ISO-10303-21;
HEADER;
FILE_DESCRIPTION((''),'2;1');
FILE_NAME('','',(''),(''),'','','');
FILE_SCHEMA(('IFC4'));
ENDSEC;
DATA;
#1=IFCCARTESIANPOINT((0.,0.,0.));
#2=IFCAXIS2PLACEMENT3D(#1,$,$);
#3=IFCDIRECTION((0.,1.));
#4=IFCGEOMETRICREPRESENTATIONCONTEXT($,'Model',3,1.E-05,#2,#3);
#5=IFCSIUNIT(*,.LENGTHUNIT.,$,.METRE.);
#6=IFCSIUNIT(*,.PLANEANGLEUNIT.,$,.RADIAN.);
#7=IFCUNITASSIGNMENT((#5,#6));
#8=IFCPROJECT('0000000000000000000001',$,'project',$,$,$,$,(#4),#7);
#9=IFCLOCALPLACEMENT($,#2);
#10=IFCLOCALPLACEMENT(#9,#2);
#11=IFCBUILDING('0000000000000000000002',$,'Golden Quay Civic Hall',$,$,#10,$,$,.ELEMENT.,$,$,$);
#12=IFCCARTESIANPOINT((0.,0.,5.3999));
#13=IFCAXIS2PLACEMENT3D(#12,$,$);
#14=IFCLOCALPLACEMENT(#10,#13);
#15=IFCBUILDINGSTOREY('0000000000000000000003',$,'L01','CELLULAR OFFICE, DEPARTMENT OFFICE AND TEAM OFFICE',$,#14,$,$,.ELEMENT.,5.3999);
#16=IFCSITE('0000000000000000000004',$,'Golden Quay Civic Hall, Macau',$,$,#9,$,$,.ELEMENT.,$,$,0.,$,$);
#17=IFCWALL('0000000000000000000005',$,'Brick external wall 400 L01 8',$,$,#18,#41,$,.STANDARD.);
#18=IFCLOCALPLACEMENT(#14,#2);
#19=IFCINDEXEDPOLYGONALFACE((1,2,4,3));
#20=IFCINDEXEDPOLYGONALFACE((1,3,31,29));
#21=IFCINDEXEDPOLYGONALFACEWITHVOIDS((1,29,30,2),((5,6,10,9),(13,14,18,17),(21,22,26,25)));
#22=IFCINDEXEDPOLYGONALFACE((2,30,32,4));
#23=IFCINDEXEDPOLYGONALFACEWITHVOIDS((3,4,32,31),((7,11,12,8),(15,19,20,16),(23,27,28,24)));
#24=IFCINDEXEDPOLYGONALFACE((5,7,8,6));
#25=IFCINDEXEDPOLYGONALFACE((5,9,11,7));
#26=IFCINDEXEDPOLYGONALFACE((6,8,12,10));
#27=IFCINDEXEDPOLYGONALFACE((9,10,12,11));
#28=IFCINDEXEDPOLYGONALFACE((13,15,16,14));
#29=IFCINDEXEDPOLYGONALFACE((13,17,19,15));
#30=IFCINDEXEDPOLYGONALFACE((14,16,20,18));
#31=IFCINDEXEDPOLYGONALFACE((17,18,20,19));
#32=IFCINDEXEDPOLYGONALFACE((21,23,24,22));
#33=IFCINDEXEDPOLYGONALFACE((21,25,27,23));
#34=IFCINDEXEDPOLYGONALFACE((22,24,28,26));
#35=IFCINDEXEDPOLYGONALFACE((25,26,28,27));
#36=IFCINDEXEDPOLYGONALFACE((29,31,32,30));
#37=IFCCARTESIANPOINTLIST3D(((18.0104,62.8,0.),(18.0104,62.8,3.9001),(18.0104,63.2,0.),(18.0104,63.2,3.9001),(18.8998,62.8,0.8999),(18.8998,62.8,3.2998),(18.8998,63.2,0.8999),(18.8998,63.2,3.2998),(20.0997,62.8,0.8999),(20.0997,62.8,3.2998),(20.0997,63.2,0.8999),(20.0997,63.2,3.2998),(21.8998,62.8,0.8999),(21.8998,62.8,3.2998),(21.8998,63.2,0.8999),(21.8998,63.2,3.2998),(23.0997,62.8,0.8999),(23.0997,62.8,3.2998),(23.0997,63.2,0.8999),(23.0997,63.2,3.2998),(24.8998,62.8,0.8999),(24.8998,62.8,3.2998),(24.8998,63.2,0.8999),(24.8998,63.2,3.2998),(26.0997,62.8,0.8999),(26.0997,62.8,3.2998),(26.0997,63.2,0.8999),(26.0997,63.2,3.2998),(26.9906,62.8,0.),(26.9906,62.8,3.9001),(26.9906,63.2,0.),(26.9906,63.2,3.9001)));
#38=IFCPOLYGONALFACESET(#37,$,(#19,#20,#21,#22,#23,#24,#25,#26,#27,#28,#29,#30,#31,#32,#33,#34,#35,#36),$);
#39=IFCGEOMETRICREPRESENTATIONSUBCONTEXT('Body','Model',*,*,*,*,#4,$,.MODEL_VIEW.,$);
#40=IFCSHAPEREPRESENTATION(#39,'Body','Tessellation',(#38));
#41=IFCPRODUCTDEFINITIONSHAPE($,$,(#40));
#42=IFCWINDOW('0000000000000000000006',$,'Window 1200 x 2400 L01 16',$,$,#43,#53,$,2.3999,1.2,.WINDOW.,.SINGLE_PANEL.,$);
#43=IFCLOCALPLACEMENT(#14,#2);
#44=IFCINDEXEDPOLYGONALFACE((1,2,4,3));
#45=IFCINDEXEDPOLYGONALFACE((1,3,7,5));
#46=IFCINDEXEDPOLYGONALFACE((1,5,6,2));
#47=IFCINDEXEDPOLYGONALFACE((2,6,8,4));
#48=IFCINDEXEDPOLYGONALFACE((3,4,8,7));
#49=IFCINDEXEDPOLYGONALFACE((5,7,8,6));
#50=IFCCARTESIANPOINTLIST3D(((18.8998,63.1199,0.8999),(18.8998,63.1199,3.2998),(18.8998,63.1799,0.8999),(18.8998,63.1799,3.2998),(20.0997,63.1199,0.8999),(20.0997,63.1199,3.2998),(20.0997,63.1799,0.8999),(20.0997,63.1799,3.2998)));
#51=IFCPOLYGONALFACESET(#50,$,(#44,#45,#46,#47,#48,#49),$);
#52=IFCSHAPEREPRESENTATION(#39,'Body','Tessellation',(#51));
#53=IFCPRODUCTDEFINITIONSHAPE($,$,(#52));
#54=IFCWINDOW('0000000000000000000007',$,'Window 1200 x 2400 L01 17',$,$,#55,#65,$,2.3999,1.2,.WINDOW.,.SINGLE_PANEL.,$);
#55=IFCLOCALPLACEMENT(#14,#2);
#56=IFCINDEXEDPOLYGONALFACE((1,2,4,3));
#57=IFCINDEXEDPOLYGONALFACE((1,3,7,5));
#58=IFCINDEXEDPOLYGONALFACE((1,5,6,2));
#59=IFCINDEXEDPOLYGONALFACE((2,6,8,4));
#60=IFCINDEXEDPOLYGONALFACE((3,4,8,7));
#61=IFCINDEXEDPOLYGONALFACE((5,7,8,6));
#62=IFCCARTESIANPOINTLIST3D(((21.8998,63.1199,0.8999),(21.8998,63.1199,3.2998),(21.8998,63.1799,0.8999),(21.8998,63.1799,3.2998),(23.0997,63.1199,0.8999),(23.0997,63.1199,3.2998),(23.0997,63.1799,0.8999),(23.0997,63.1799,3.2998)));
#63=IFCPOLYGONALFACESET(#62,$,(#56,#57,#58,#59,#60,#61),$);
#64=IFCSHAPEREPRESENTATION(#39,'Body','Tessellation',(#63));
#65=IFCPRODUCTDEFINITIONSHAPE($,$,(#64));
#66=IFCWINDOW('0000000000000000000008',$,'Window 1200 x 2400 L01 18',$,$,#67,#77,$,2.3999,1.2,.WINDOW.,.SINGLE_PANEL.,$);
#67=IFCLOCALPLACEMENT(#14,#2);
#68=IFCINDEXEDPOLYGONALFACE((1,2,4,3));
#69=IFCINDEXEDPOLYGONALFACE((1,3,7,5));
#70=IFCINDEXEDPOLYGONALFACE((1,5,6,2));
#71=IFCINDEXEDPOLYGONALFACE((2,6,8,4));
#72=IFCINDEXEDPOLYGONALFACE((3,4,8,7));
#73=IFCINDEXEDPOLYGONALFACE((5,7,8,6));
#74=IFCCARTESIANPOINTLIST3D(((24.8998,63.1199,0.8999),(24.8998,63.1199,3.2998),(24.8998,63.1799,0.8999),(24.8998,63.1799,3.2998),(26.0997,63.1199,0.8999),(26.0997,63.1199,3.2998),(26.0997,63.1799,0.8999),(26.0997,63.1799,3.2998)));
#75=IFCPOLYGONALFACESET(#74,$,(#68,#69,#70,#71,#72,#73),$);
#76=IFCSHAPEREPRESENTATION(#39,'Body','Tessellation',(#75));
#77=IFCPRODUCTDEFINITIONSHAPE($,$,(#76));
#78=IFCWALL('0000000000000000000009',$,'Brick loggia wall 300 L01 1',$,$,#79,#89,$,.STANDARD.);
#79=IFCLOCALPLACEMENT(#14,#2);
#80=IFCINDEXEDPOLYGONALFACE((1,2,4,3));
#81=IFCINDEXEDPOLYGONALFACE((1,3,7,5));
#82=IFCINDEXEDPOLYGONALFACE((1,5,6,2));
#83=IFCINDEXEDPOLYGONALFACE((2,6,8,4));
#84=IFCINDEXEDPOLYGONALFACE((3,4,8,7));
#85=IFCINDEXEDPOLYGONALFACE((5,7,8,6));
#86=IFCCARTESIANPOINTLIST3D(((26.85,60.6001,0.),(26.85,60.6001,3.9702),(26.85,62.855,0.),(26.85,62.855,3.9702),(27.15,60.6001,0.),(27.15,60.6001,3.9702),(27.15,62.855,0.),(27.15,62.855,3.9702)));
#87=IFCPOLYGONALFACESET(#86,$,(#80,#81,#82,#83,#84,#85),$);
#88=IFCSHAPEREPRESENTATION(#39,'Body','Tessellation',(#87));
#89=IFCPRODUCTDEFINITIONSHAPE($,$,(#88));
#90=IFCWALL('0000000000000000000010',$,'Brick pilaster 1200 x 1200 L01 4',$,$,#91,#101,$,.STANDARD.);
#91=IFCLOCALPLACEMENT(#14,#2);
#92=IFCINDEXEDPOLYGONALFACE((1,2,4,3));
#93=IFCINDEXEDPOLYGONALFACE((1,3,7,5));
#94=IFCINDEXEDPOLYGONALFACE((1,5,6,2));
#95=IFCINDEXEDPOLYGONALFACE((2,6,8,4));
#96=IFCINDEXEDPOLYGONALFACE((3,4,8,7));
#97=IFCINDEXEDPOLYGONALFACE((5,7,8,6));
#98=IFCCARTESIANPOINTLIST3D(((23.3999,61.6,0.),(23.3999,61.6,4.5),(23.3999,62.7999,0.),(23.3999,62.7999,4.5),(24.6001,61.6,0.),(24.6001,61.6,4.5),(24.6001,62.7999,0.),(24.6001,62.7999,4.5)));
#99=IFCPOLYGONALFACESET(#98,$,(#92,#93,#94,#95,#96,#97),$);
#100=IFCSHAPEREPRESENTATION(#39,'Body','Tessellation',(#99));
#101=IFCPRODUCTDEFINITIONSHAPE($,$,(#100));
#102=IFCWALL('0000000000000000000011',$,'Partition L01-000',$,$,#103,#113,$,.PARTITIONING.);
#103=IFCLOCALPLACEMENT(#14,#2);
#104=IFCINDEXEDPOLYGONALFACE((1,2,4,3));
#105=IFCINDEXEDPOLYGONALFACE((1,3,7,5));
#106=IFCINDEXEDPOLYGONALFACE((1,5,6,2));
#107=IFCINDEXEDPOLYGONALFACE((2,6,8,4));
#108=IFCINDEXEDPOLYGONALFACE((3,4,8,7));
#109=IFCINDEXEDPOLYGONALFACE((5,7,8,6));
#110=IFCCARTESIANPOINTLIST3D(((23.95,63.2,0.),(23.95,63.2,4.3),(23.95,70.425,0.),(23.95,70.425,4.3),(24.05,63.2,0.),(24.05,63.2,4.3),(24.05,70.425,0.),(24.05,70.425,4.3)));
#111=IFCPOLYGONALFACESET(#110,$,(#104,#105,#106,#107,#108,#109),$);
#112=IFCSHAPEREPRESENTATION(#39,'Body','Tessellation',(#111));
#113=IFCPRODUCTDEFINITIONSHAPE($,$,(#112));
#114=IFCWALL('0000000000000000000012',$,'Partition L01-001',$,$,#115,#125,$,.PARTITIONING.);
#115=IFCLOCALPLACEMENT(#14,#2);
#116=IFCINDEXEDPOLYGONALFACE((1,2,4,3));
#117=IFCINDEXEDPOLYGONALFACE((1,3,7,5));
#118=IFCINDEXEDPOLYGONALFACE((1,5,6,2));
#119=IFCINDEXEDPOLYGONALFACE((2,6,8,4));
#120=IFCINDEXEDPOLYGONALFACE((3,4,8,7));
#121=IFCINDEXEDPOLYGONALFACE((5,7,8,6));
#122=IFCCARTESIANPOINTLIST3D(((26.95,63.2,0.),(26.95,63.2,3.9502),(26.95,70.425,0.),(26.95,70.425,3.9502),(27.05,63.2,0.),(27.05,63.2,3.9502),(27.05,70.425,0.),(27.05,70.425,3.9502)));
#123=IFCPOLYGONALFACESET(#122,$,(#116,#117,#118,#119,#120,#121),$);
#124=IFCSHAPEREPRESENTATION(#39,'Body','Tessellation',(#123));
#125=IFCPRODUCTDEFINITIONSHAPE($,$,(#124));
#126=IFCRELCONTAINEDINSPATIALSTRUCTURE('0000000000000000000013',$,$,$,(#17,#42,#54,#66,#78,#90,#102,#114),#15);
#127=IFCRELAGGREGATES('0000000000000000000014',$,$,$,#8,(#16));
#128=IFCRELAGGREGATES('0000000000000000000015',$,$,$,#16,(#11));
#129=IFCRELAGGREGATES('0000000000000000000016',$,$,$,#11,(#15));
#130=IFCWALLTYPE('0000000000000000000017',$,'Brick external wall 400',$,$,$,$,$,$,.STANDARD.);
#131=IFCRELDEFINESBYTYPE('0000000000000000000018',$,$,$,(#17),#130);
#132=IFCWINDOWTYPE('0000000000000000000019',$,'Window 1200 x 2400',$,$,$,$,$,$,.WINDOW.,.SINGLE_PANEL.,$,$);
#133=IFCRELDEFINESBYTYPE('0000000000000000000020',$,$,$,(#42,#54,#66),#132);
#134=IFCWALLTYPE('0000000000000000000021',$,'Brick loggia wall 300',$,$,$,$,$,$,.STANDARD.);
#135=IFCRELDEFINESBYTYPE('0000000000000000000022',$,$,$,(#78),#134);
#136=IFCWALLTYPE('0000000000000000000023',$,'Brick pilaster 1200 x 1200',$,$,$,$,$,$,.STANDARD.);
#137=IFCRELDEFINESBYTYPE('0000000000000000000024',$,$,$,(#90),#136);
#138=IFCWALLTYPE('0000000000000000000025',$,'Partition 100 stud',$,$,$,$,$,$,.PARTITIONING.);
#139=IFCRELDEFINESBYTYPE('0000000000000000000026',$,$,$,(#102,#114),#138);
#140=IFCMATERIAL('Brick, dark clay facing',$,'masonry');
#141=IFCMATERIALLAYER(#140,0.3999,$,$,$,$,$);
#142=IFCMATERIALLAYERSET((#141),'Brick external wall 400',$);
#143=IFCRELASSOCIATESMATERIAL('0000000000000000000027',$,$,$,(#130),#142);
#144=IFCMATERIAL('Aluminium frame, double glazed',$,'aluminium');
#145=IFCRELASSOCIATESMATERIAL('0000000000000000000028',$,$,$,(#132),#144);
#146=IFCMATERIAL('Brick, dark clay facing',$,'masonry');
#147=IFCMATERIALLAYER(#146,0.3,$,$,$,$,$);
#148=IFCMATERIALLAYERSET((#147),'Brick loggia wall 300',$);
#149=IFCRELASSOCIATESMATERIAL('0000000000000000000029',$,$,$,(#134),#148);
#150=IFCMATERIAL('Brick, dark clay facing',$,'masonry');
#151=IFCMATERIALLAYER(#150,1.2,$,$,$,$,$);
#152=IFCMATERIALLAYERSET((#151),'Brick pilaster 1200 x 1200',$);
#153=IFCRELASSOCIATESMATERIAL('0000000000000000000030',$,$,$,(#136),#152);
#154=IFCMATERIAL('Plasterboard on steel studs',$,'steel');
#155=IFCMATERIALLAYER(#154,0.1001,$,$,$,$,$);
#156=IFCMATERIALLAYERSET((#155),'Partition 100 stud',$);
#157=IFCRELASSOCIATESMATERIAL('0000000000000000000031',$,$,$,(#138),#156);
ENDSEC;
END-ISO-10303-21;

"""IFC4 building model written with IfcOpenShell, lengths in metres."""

from ifc_helpers import new_model, si_unit, direction, frame, frame_2d, origin, place, context, subcontext, project, spatial, rectangle, extrude, material, layer, layer_set, type_object, element, fill, save


model = new_model("IFC4")

# Units and contexts
model_context = context("Model", 3, precision=1e-05, world=origin(), true_north=direction((0.0, 1.0)))
body_context = subcontext(model_context, "Body", "Model", "MODEL_VIEW")
ifc_project = project(units=[si_unit("LENGTHUNIT", "METRE"), si_unit("PLANEANGLEUNIT", "RADIAN")], contexts=[model_context])

# Site, building, storey
site_placement = place(None, origin())
site = spatial("IfcSite", under=ifc_project, at=site_placement, Name="Golden Quay Civic Hall, Macau", CompositionType="ELEMENT", RefElevation=0.0)
building_placement = place(site_placement, origin())
building = spatial("IfcBuilding", under=site, at=building_placement, Name="Golden Quay Civic Hall", CompositionType="ELEMENT")
storey_placement = place(building_placement, frame((0.0, 0.0, 5.3999)))
storey = spatial("IfcBuildingStorey", under=building, at=storey_placement, Name="L01", Description="CELLULAR OFFICE, DEPARTMENT OFFICE AND TEAM OFFICE", CompositionType="ELEMENT", Elevation=5.3999)

# Wall, openings, windows
ifc_material_1 = material(Name="Brick, dark clay facing", Category="masonry")
ifc_layer_1 = layer(ifc_material_1, 0.3999)
ifc_layer_set_1 = layer_set([ifc_layer_1], Name="Brick external wall 400")
wall_type_1 = type_object("IfcWallType", Name="Brick external wall 400", PredefinedType="STANDARD", material=ifc_layer_set_1)
wall_1_placement = place(storey_placement, frame((26.9907, 63.0, 0.0), z_axis=(0.0, 0.0, 1.0), x_axis=(-1.0, 0.0, 0.0)))
wall_1 = element("IfcWall", 1, at=wall_1_placement, inside=storey, type_object=wall_type_1, Name="Brick external wall 400 L01 8", PredefinedType="STANDARD", context=body_context, shape_type="SweptSolid", body=[
    extrude(rectangle(XDim=8.9802, YDim=0.3999, at=frame_2d((4.4902, 0.0))), origin(), (0.0, 0.0, 1.0), 3.9001),
])
opening_1_placement = place(wall_1_placement, frame((6.8909, 0.0, 0.8999)))
opening_1 = element("IfcOpeningElement", 2, at=opening_1_placement, cuts=wall_1, PredefinedType="OPENING", context=body_context, shape_type="SweptSolid", body=[
    extrude(rectangle(XDim=1.2, YDim=2.3999, at=frame_2d((0.6001, 1.2))), frame((0.0, 0.21, 0.0), z_axis=(0.0, -1.0, 0.0), x_axis=(1.0, 0.0, 0.0)), (0.0, 0.0, 1.0), 0.4199),
])
opening_2_placement = place(wall_1_placement, frame((3.8909, 0.0, 0.8999)))
opening_2 = element("IfcOpeningElement", 3, at=opening_2_placement, cuts=wall_1, PredefinedType="OPENING", context=body_context, shape_type="SweptSolid", body=[
    extrude(rectangle(XDim=1.2, YDim=2.3999, at=frame_2d((0.6001, 1.2))), frame((0.0, 0.21, 0.0), z_axis=(0.0, -1.0, 0.0), x_axis=(1.0, 0.0, 0.0)), (0.0, 0.0, 1.0), 0.4199),
])
opening_3_placement = place(wall_1_placement, frame((0.8909, 0.0, 0.8999)))
opening_3 = element("IfcOpeningElement", 4, at=opening_3_placement, cuts=wall_1, PredefinedType="OPENING", context=body_context, shape_type="SweptSolid", body=[
    extrude(rectangle(XDim=1.2, YDim=2.3999, at=frame_2d((0.6001, 1.2))), frame((0.0, 0.21, 0.0), z_axis=(0.0, -1.0, 0.0), x_axis=(1.0, 0.0, 0.0)), (0.0, 0.0, 1.0), 0.4199),
])
ifc_material_2 = material(Name="Aluminium frame, double glazed", Category="aluminium")
window_type = type_object("IfcWindowType", Name="Window 1200 x 2400", PartitioningType="SINGLE_PANEL", PredefinedType="WINDOW", material=ifc_material_2)
window_1_placement = place(opening_1_placement, origin())
window_1 = element("IfcWindow", 5, at=window_1_placement, inside=storey, type_object=window_type, Name="Window 1200 x 2400 L01 16", OverallHeight=2.3999, OverallWidth=1.2, PartitioningType="SINGLE_PANEL", PredefinedType="WINDOW", context=body_context, shape_type="SweptSolid", body=[
    extrude(rectangle(XDim=1.2, YDim=2.3999, at=frame_2d((0.6001, 1.2))), frame((0.0, -0.1199, 0.0), z_axis=(0.0, -1.0, 0.0), x_axis=(1.0, 0.0, 0.0)), (0.0, 0.0, 1.0), 0.0601),
])
fill(opening_1, window_1)
window_2_placement = place(opening_2_placement, origin())
window_2 = element("IfcWindow", 6, at=window_2_placement, inside=storey, type_object=window_type, Name="Window 1200 x 2400 L01 17", OverallHeight=2.3999, OverallWidth=1.2, PartitioningType="SINGLE_PANEL", PredefinedType="WINDOW", context=body_context, shape_type="SweptSolid", body=[
    extrude(rectangle(XDim=1.2, YDim=2.3999, at=frame_2d((0.6001, 1.2))), frame((0.0, -0.1199, 0.0), z_axis=(0.0, -1.0, 0.0), x_axis=(1.0, 0.0, 0.0)), (0.0, 0.0, 1.0), 0.0601),
])
fill(opening_2, window_2)
window_3_placement = place(opening_3_placement, origin())
window_3 = element("IfcWindow", 7, at=window_3_placement, inside=storey, type_object=window_type, Name="Window 1200 x 2400 L01 18", OverallHeight=2.3999, OverallWidth=1.2, PartitioningType="SINGLE_PANEL", PredefinedType="WINDOW", context=body_context, shape_type="SweptSolid", body=[
    extrude(rectangle(XDim=1.2, YDim=2.3999, at=frame_2d((0.6001, 1.2))), frame((0.0, -0.1199, 0.0), z_axis=(0.0, -1.0, 0.0), x_axis=(1.0, 0.0, 0.0)), (0.0, 0.0, 1.0), 0.0601),
])
fill(opening_3, window_3)

# Walls
ifc_material_3 = material(Name="Brick, dark clay facing", Category="masonry")
ifc_layer_2 = layer(ifc_material_3, 0.3)
ifc_layer_set_2 = layer_set([ifc_layer_2], Name="Brick loggia wall 300")
wall_type_2 = type_object("IfcWallType", Name="Brick loggia wall 300", PredefinedType="STANDARD", material=ifc_layer_set_2)
wall_2_placement = place(storey_placement, frame((27.0, 62.855, 0.0), z_axis=(0.0, 0.0, 1.0), x_axis=(0.0, -1.0, 0.0)))
element("IfcWall", 8, at=wall_2_placement, inside=storey, type_object=wall_type_2, Name="Brick loggia wall 300 L01 1", PredefinedType="STANDARD", context=body_context, shape_type="SweptSolid", body=[
    extrude(rectangle(XDim=2.2549, YDim=0.3, at=frame_2d((1.1274, 0.0))), origin(), (0.0, 0.0, 1.0), 3.9702),
])
ifc_material_4 = material(Name="Brick, dark clay facing", Category="masonry")
ifc_layer_3 = layer(ifc_material_4, 1.2)
ifc_layer_set_3 = layer_set([ifc_layer_3], Name="Brick pilaster 1200 x 1200")
wall_type_3 = type_object("IfcWallType", Name="Brick pilaster 1200 x 1200", PredefinedType="STANDARD", material=ifc_layer_set_3)
wall_3_placement = place(storey_placement, frame((23.3999, 62.2, 0.0), z_axis=(0.0, 0.0, 1.0), x_axis=(1.0, 0.0, 0.0)))
element("IfcWall", 9, at=wall_3_placement, inside=storey, type_object=wall_type_3, Name="Brick pilaster 1200 x 1200 L01 4", PredefinedType="STANDARD", context=body_context, shape_type="SweptSolid", body=[
    extrude(rectangle(XDim=1.2002, YDim=1.2, at=frame_2d((0.6001, 0.0))), origin(), (0.0, 0.0, 1.0), 4.5),
])
ifc_material_5 = material(Name="Plasterboard on steel studs", Category="steel")
ifc_layer_4 = layer(ifc_material_5, 0.1001)
ifc_layer_set_4 = layer_set([ifc_layer_4], Name="Partition 100 stud")
wall_type_4 = type_object("IfcWallType", Name="Partition 100 stud", PredefinedType="PARTITIONING", material=ifc_layer_set_4)
wall_4_placement = place(storey_placement, frame((24.0, 63.2, 0.0), z_axis=(0.0, 0.0, 1.0), x_axis=(0.0, 1.0, 0.0)))
element("IfcWall", 10, at=wall_4_placement, inside=storey, type_object=wall_type_4, Name="Partition L01-000", PredefinedType="PARTITIONING", context=body_context, shape_type="SweptSolid", body=[
    extrude(rectangle(XDim=7.2251, YDim=0.1001, at=frame_2d((3.6125, 0.0))), origin(), (0.0, 0.0, 1.0), 4.3),
])
wall_5_placement = place(storey_placement, frame((27.0, 63.2, 0.0), z_axis=(0.0, 0.0, 1.0), x_axis=(0.0, 1.0, 0.0)))
element("IfcWall", 11, at=wall_5_placement, inside=storey, type_object=wall_type_4, Name="Partition L01-001", PredefinedType="PARTITIONING", context=body_context, shape_type="SweptSolid", body=[
    extrude(rectangle(XDim=7.2251, YDim=0.1001, at=frame_2d((3.6125, 0.0))), origin(), (0.0, 0.0, 1.0), 3.9502),
])

save(model, "model.ifc")
